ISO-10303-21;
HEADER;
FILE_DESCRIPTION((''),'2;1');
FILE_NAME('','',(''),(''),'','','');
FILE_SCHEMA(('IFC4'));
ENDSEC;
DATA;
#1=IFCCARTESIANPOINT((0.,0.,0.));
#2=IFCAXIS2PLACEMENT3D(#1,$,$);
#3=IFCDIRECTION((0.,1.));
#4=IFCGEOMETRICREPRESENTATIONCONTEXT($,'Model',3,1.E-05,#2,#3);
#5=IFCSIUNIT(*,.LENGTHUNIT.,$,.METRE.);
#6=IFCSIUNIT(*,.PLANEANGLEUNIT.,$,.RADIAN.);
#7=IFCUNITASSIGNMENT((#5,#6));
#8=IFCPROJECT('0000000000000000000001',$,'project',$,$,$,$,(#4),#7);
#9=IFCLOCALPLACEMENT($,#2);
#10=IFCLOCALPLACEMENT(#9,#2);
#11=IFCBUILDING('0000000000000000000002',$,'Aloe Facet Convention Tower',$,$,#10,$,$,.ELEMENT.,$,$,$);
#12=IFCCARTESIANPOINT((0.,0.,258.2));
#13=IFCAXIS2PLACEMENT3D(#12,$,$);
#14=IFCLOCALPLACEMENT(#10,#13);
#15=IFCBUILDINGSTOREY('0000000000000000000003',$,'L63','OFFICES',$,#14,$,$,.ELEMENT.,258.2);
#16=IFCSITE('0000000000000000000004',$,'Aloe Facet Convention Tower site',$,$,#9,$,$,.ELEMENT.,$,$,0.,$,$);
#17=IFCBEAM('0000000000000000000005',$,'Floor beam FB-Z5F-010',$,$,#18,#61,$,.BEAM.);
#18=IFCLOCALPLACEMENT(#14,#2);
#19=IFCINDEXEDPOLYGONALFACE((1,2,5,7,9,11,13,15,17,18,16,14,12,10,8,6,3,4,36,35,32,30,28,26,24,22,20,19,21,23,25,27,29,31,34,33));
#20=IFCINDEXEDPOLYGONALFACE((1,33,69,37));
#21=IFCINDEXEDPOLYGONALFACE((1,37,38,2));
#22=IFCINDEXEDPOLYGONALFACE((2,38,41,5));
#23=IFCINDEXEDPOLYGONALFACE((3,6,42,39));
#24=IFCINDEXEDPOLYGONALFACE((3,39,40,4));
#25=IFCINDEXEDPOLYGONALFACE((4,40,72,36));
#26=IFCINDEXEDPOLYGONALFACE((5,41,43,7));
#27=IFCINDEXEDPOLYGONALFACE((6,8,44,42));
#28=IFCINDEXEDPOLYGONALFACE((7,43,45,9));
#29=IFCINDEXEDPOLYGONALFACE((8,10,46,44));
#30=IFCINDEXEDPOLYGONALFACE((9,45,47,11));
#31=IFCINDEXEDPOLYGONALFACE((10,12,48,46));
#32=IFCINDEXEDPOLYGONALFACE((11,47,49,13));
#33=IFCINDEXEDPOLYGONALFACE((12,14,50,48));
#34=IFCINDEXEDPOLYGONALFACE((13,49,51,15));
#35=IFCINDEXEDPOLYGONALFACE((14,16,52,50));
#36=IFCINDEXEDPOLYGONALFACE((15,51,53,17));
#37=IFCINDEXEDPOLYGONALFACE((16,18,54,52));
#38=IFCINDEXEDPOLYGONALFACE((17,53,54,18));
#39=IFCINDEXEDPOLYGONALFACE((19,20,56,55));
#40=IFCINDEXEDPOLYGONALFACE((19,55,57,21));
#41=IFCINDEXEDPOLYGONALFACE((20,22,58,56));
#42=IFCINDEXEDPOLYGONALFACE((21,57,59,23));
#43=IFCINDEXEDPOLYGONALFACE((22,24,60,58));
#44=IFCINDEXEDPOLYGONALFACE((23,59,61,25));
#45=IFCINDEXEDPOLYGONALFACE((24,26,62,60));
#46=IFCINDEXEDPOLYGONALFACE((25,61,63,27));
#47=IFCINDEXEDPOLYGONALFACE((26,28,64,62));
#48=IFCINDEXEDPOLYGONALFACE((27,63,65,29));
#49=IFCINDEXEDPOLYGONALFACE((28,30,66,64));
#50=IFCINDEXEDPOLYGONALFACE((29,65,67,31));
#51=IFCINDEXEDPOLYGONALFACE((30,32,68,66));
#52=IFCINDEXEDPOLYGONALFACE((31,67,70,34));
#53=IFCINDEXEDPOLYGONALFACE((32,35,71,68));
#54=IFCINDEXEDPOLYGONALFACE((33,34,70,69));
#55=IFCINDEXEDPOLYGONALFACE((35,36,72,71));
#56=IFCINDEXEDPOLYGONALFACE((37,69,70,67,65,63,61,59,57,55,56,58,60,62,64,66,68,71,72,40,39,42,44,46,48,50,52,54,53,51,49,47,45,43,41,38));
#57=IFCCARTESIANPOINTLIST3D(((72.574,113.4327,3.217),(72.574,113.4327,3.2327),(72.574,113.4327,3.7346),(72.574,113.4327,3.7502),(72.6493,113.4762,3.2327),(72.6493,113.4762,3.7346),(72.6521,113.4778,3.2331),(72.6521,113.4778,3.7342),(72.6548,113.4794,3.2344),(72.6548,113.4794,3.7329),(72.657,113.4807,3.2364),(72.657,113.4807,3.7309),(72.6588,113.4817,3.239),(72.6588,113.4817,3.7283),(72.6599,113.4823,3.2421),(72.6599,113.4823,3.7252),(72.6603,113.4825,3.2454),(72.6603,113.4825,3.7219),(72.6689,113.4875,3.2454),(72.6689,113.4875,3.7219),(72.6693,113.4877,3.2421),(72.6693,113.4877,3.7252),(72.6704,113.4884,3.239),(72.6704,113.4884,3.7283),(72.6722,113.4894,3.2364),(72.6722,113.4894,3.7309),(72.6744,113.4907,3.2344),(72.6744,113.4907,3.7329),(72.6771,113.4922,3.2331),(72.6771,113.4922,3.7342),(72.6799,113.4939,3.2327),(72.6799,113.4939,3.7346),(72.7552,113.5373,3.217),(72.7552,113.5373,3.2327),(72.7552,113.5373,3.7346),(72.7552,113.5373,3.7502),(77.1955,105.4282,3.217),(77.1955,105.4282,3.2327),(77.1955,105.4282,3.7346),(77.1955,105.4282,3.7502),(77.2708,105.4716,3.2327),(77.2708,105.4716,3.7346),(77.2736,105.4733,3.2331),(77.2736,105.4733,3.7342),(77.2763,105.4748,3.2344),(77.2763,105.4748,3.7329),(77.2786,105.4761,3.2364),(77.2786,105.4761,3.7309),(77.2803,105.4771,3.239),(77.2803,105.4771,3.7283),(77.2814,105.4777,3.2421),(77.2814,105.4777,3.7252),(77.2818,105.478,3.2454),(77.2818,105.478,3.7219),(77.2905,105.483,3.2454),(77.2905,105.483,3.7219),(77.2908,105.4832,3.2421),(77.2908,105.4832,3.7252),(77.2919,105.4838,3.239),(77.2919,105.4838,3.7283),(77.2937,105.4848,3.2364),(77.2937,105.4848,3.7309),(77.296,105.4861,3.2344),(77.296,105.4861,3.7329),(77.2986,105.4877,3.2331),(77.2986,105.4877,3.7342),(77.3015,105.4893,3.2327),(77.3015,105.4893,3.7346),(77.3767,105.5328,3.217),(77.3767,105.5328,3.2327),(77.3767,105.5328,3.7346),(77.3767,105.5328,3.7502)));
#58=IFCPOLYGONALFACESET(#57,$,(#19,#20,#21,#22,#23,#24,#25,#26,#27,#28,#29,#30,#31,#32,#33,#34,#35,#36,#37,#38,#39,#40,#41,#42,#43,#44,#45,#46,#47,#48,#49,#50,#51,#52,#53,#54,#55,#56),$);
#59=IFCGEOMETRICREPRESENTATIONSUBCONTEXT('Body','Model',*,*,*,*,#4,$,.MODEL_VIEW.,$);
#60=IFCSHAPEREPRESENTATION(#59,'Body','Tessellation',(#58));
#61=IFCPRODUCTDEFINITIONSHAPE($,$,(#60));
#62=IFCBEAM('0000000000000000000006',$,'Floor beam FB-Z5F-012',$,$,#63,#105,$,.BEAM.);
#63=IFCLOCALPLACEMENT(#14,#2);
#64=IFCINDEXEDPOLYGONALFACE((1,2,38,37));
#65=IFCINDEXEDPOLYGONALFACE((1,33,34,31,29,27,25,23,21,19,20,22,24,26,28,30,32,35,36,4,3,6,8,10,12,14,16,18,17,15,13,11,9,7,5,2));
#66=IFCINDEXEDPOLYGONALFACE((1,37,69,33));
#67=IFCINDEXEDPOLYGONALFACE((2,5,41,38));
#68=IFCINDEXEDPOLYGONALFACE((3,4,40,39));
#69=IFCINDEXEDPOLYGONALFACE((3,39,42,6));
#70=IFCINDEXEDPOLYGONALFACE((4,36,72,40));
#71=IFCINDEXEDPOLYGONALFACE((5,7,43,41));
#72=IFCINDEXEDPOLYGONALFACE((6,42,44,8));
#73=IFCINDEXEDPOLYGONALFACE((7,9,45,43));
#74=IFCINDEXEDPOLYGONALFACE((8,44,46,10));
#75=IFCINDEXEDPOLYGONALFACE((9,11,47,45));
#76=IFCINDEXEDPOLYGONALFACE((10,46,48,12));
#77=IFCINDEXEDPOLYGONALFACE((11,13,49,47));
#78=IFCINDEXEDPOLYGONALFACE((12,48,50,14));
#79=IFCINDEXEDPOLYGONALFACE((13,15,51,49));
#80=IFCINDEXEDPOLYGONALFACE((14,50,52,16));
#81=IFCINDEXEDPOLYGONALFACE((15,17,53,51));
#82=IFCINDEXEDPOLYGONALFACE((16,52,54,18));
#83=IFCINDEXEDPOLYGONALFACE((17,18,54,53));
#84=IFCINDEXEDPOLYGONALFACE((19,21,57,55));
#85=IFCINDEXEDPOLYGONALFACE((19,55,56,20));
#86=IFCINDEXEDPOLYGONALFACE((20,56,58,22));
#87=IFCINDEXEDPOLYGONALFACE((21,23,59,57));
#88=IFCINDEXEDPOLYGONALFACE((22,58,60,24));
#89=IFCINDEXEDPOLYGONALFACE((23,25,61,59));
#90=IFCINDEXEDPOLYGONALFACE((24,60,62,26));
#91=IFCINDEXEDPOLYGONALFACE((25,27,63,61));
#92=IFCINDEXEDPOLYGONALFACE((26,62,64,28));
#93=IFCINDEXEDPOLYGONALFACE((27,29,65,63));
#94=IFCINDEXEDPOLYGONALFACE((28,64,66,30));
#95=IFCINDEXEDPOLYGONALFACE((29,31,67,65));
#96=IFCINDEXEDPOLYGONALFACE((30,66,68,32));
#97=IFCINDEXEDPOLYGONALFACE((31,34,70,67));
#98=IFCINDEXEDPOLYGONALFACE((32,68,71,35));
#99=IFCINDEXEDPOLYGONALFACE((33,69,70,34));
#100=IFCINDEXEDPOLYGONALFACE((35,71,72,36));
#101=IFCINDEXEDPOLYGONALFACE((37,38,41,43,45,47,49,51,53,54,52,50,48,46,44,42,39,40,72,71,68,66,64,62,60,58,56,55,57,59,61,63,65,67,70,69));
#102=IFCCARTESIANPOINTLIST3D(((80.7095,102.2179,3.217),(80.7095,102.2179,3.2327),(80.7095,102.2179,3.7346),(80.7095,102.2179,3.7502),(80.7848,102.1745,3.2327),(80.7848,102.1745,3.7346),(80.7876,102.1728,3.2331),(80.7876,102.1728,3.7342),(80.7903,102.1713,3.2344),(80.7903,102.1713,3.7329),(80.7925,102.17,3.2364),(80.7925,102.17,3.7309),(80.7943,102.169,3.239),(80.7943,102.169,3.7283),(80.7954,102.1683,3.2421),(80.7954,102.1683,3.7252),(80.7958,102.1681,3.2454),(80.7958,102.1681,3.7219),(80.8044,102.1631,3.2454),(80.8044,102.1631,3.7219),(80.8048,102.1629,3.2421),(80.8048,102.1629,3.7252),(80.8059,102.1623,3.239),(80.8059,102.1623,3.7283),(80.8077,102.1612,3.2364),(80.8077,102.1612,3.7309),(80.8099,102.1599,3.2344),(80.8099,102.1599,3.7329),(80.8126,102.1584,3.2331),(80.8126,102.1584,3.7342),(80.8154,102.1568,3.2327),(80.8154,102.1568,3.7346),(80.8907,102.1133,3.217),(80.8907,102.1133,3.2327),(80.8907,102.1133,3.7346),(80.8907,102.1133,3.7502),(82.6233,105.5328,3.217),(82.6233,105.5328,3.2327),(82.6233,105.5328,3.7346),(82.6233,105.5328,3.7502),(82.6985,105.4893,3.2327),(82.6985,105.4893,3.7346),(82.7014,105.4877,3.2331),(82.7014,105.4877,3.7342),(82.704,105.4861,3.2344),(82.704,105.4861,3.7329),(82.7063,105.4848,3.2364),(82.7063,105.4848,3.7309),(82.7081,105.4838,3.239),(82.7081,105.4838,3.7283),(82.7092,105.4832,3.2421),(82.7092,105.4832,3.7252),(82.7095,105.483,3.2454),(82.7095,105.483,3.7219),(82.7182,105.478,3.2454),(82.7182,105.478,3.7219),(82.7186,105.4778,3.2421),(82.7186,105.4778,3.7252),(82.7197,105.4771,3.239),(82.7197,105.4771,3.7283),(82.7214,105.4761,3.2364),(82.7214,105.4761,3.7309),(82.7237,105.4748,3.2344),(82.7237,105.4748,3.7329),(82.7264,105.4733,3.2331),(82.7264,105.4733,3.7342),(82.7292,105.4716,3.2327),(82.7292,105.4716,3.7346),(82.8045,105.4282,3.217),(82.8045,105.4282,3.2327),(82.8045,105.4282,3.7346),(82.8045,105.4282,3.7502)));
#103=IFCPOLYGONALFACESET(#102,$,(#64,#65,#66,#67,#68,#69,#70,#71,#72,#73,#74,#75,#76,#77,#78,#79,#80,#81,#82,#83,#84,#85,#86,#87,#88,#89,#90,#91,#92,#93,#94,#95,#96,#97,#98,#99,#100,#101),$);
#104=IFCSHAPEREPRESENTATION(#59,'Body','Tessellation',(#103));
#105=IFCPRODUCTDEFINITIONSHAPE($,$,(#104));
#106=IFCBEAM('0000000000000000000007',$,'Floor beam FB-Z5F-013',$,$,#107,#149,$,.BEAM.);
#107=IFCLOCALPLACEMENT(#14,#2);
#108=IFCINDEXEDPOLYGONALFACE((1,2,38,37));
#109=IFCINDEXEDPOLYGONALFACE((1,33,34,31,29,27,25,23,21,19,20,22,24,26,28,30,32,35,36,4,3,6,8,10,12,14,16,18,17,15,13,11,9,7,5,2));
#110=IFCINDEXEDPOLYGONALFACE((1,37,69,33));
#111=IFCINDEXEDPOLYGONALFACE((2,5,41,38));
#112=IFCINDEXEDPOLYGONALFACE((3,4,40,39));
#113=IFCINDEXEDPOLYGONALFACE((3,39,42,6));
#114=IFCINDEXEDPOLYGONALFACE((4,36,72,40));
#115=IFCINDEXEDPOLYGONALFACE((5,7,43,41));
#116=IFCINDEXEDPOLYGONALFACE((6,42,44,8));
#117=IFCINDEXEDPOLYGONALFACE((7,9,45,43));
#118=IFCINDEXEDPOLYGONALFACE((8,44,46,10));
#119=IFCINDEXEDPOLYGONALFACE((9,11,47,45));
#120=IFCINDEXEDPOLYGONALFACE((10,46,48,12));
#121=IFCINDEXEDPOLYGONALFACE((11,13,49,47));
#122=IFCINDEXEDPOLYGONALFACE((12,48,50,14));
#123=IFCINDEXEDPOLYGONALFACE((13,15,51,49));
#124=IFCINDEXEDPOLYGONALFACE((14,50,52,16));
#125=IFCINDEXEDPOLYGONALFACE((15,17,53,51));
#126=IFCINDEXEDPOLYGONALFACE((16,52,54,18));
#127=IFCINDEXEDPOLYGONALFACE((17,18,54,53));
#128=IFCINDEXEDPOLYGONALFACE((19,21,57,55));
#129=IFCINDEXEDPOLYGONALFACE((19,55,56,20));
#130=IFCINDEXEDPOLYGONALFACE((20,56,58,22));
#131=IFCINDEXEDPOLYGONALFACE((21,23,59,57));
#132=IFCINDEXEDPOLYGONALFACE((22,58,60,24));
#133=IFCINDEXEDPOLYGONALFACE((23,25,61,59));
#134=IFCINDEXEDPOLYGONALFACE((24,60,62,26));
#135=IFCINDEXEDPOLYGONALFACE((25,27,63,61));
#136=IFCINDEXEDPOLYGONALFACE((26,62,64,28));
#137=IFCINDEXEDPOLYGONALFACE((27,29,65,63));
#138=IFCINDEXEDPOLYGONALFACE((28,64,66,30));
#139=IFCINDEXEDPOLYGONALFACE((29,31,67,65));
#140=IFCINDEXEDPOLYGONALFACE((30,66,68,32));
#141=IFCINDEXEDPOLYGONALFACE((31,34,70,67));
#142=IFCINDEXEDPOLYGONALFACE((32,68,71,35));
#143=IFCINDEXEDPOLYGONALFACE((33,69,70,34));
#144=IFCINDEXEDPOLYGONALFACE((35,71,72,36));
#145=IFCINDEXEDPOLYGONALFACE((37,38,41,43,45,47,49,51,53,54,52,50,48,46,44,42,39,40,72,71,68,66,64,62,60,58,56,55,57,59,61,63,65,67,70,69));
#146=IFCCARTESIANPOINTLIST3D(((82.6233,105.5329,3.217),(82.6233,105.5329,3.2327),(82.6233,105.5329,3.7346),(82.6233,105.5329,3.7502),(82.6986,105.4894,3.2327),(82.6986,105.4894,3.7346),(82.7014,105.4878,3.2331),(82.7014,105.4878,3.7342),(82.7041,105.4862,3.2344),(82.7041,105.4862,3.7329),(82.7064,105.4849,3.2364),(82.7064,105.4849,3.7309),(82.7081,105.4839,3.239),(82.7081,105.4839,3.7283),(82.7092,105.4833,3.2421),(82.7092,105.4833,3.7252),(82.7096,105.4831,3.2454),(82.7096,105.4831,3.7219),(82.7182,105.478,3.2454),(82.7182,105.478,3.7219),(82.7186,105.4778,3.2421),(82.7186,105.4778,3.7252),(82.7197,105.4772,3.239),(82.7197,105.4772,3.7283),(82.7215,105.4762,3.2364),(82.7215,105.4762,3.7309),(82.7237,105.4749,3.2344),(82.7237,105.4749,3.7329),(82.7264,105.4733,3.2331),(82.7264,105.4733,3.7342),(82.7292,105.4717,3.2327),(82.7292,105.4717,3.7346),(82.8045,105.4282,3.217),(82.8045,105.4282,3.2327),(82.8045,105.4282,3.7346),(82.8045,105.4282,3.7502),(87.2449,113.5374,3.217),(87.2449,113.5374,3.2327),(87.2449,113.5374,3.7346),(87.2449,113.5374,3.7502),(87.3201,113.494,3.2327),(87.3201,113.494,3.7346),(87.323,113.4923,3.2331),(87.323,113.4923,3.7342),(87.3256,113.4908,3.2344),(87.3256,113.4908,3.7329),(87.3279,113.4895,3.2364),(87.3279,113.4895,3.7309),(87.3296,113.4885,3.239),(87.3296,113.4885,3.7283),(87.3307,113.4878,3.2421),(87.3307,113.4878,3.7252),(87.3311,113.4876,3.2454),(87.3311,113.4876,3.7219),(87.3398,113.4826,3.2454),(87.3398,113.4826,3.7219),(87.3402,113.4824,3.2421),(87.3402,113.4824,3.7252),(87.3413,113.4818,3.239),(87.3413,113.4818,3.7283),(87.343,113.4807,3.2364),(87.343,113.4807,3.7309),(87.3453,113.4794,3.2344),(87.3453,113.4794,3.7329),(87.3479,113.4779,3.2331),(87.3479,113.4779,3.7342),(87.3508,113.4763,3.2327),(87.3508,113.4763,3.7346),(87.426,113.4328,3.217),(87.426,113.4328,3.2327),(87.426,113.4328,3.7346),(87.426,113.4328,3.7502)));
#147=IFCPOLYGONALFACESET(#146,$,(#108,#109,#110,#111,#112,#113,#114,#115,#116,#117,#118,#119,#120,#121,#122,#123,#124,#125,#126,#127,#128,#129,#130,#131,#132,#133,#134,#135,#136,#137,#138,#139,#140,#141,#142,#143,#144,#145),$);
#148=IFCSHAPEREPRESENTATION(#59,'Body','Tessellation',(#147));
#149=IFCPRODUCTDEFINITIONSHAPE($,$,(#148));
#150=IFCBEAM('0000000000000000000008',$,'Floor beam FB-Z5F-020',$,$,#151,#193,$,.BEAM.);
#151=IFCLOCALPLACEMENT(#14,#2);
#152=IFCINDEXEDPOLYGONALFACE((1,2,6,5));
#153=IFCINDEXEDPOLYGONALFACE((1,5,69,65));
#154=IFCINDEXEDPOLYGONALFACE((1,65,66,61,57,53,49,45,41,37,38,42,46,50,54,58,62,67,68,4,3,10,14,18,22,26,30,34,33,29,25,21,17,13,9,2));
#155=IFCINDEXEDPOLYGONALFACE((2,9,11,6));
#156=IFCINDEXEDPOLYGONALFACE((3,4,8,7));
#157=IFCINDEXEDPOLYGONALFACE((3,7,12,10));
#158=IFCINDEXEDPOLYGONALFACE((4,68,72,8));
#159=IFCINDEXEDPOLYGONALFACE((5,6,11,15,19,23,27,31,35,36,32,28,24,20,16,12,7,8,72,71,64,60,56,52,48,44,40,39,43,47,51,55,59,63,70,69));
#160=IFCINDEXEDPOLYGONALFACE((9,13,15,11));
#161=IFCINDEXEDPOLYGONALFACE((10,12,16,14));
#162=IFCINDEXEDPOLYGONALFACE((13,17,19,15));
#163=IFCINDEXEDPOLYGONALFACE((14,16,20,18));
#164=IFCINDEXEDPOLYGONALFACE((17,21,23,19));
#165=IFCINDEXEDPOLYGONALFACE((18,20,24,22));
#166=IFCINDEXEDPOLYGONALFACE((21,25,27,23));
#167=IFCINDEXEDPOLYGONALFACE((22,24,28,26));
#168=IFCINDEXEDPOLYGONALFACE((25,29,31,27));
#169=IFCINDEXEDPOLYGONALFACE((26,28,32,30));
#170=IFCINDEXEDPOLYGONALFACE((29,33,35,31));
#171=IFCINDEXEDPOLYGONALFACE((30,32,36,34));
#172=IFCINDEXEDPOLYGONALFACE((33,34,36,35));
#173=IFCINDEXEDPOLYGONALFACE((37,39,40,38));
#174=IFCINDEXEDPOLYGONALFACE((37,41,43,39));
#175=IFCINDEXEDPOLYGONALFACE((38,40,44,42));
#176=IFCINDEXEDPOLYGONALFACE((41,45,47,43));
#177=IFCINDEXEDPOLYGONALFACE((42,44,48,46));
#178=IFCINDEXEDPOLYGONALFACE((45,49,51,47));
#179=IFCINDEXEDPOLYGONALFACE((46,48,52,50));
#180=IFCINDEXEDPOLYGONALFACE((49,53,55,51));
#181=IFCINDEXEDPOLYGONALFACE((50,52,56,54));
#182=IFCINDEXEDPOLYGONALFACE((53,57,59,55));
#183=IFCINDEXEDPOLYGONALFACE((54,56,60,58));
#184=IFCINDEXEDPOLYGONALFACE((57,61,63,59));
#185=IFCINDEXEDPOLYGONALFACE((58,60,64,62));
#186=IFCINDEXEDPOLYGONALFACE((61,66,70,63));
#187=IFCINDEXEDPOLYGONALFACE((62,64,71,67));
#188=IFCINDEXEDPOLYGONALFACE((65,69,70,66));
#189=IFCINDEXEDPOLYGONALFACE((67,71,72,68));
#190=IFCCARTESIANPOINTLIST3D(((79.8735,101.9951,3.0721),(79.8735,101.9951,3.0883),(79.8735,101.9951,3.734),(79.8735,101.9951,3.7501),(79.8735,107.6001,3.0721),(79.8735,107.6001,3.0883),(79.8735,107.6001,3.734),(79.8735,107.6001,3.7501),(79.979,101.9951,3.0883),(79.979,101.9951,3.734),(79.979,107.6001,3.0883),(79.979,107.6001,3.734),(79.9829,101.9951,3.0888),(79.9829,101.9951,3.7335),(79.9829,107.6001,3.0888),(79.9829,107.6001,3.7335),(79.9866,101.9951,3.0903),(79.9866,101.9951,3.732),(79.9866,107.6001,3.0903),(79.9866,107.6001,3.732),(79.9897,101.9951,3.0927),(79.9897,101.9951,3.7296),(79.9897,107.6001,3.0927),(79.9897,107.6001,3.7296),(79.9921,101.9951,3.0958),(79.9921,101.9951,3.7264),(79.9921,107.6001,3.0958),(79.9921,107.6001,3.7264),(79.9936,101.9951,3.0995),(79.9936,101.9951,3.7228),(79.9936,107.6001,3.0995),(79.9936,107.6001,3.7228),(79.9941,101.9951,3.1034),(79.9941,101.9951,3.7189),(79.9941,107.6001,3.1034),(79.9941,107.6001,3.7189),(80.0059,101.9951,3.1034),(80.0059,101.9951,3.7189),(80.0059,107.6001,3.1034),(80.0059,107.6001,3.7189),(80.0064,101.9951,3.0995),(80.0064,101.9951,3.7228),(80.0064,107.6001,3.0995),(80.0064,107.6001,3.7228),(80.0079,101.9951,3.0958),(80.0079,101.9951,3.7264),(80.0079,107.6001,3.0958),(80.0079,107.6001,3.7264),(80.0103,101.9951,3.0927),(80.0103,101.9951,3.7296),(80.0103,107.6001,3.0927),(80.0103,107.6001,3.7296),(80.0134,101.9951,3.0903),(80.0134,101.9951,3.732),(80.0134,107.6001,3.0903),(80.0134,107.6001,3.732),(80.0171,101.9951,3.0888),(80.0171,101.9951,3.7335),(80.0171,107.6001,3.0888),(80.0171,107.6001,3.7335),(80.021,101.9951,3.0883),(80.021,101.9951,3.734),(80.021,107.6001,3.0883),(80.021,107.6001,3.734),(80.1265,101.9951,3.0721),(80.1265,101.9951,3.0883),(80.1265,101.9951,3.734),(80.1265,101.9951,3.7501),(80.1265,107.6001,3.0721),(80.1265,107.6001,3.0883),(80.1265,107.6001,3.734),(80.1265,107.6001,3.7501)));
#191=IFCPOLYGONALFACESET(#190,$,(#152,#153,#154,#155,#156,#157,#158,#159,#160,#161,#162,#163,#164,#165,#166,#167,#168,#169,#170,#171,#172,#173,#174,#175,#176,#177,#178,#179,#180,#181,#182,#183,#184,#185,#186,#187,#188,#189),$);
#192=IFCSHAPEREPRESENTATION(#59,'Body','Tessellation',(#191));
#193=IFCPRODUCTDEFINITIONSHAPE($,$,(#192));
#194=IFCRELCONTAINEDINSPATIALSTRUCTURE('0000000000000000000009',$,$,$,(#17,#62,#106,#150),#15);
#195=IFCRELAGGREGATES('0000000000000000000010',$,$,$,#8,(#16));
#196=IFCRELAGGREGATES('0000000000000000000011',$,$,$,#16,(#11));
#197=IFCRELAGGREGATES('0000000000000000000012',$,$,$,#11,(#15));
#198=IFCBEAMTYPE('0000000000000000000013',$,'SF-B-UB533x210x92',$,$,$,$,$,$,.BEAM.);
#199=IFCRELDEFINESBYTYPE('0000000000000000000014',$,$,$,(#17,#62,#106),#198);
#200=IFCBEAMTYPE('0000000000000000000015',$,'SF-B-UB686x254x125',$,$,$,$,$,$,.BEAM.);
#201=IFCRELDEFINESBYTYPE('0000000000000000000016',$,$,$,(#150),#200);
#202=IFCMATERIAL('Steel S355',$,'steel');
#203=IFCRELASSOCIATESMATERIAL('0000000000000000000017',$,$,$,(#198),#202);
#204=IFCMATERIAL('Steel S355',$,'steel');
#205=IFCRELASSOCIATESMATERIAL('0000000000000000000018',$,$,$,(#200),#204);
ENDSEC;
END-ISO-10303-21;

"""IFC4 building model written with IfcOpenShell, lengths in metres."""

from ifc_helpers import new_model, si_unit, direction, frame, origin, origin_2d, place, context, subcontext, project, spatial, i_section, extrude, material, material_profile, profile_set, type_object, element, save


model = new_model("IFC4")

# Units and contexts
model_context = context("Model", 3, precision=1e-05, world=origin(), true_north=direction((0.0, 1.0)))
body_context = subcontext(model_context, "Body", "Model", "MODEL_VIEW")
ifc_project = project(units=[si_unit("LENGTHUNIT", "METRE"), si_unit("PLANEANGLEUNIT", "RADIAN")], contexts=[model_context])

# Site, building, storey
site_placement = place(None, origin())
site = spatial("IfcSite", under=ifc_project, at=site_placement, Name="Aloe Facet Convention Tower site", CompositionType="ELEMENT", RefElevation=0.0)
building_placement = place(site_placement, origin())
building = spatial("IfcBuilding", under=site, at=building_placement, Name="Aloe Facet Convention Tower", CompositionType="ELEMENT")
storey_placement = place(building_placement, frame((0.0, 0.0, 258.2)))
storey = spatial("IfcBuildingStorey", under=building, at=storey_placement, Name="L63", Description="OFFICES", CompositionType="ELEMENT", Elevation=258.2)

# Beams
ifc_material_1 = material(Name="Steel S355", Category="steel")
ifc_material_profile_1 = material_profile(ifc_material_1, i_section(OverallWidth=0.2092, OverallDepth=0.5332, WebThickness=0.01, FlangeThickness=0.0156, FilletRadius=0.0127, at=origin_2d()), Name="UB 533x210x92")
ifc_profile_set_1 = profile_set([ifc_material_profile_1], Name="Steel S355")
beam_type_1 = type_object("IfcBeamType", Name="SF-B-UB533x210x92", PredefinedType="BEAM", material=ifc_profile_set_1)
beam_1_placement = place(storey_placement, frame((77.2861, 105.4805, 3.4836), z_axis=(-0.500008, 0.866021, 0.0), x_axis=(-0.866021, -0.500008, 0.0)))
element("IfcBeam", 1, at=beam_1_placement, inside=storey, type_object=beam_type_1, Name="Floor beam FB-Z5F-010", PredefinedType="BEAM", context=body_context, shape_type="SweptSolid", body=[
    extrude(i_section(OverallWidth=0.2092, OverallDepth=0.5332, WebThickness=0.01, FlangeThickness=0.0156, FilletRadius=0.0127, at=origin_2d()), origin(), (0.0, 0.0, 1.0), 9.2429),
])
beam_2_placement = place(storey_placement, frame((82.7139, 105.4805, 3.4836), z_axis=(-0.499987, -0.866033, 0.0), x_axis=(0.866033, -0.499987, 0.0)))
element("IfcBeam", 2, at=beam_2_placement, inside=storey, type_object=beam_type_1, Name="Floor beam FB-Z5F-012", PredefinedType="BEAM", context=body_context, shape_type="SweptSolid", body=[
    extrude(i_section(OverallWidth=0.2092, OverallDepth=0.5332, WebThickness=0.01, FlangeThickness=0.0156, FilletRadius=0.0127, at=origin_2d()), origin(), (0.0, 0.0, 1.0), 3.8276),
])
beam_3_placement = place(storey_placement, frame((87.3354, 113.4851, 3.4836), z_axis=(-0.500008, -0.866021, 0.0), x_axis=(0.866021, -0.500008, 0.0)))
element("IfcBeam", 3, at=beam_3_placement, inside=storey, type_object=beam_type_1, Name="Floor beam FB-Z5F-013", PredefinedType="BEAM", context=body_context, shape_type="SweptSolid", body=[
    extrude(i_section(OverallWidth=0.2092, OverallDepth=0.5332, WebThickness=0.01, FlangeThickness=0.0156, FilletRadius=0.0127, at=origin_2d()), origin(), (0.0, 0.0, 1.0), 9.2429),
])
ifc_material_2 = material(Name="Steel S355", Category="steel")
ifc_material_profile_2 = material_profile(ifc_material_2, i_section(OverallWidth=0.2529, OverallDepth=0.678, WebThickness=0.0117, FlangeThickness=0.0161, FilletRadius=0.0151, at=origin_2d()), Name="UB 686x254x125")
ifc_profile_set_2 = profile_set([ifc_material_profile_2], Name="Steel S355")
beam_type_2 = type_object("IfcBeamType", Name="SF-B-UB686x254x125", PredefinedType="BEAM", material=ifc_profile_set_2)
beam_4_placement = place(storey_placement, frame((80.0, 107.6001, 3.4111), z_axis=(0.0, -1.0, 0.0), x_axis=(1.0, 0.0, 0.0)))
element("IfcBeam", 4, at=beam_4_placement, inside=storey, type_object=beam_type_2, Name="Floor beam FB-Z5F-020", PredefinedType="BEAM", context=body_context, shape_type="SweptSolid", body=[
    extrude(i_section(OverallWidth=0.2529, OverallDepth=0.678, WebThickness=0.0117, FlangeThickness=0.0161, FilletRadius=0.0151, at=origin_2d()), origin(), (0.0, 0.0, 1.0), 5.605),
])

save(model, "model.ifc")
